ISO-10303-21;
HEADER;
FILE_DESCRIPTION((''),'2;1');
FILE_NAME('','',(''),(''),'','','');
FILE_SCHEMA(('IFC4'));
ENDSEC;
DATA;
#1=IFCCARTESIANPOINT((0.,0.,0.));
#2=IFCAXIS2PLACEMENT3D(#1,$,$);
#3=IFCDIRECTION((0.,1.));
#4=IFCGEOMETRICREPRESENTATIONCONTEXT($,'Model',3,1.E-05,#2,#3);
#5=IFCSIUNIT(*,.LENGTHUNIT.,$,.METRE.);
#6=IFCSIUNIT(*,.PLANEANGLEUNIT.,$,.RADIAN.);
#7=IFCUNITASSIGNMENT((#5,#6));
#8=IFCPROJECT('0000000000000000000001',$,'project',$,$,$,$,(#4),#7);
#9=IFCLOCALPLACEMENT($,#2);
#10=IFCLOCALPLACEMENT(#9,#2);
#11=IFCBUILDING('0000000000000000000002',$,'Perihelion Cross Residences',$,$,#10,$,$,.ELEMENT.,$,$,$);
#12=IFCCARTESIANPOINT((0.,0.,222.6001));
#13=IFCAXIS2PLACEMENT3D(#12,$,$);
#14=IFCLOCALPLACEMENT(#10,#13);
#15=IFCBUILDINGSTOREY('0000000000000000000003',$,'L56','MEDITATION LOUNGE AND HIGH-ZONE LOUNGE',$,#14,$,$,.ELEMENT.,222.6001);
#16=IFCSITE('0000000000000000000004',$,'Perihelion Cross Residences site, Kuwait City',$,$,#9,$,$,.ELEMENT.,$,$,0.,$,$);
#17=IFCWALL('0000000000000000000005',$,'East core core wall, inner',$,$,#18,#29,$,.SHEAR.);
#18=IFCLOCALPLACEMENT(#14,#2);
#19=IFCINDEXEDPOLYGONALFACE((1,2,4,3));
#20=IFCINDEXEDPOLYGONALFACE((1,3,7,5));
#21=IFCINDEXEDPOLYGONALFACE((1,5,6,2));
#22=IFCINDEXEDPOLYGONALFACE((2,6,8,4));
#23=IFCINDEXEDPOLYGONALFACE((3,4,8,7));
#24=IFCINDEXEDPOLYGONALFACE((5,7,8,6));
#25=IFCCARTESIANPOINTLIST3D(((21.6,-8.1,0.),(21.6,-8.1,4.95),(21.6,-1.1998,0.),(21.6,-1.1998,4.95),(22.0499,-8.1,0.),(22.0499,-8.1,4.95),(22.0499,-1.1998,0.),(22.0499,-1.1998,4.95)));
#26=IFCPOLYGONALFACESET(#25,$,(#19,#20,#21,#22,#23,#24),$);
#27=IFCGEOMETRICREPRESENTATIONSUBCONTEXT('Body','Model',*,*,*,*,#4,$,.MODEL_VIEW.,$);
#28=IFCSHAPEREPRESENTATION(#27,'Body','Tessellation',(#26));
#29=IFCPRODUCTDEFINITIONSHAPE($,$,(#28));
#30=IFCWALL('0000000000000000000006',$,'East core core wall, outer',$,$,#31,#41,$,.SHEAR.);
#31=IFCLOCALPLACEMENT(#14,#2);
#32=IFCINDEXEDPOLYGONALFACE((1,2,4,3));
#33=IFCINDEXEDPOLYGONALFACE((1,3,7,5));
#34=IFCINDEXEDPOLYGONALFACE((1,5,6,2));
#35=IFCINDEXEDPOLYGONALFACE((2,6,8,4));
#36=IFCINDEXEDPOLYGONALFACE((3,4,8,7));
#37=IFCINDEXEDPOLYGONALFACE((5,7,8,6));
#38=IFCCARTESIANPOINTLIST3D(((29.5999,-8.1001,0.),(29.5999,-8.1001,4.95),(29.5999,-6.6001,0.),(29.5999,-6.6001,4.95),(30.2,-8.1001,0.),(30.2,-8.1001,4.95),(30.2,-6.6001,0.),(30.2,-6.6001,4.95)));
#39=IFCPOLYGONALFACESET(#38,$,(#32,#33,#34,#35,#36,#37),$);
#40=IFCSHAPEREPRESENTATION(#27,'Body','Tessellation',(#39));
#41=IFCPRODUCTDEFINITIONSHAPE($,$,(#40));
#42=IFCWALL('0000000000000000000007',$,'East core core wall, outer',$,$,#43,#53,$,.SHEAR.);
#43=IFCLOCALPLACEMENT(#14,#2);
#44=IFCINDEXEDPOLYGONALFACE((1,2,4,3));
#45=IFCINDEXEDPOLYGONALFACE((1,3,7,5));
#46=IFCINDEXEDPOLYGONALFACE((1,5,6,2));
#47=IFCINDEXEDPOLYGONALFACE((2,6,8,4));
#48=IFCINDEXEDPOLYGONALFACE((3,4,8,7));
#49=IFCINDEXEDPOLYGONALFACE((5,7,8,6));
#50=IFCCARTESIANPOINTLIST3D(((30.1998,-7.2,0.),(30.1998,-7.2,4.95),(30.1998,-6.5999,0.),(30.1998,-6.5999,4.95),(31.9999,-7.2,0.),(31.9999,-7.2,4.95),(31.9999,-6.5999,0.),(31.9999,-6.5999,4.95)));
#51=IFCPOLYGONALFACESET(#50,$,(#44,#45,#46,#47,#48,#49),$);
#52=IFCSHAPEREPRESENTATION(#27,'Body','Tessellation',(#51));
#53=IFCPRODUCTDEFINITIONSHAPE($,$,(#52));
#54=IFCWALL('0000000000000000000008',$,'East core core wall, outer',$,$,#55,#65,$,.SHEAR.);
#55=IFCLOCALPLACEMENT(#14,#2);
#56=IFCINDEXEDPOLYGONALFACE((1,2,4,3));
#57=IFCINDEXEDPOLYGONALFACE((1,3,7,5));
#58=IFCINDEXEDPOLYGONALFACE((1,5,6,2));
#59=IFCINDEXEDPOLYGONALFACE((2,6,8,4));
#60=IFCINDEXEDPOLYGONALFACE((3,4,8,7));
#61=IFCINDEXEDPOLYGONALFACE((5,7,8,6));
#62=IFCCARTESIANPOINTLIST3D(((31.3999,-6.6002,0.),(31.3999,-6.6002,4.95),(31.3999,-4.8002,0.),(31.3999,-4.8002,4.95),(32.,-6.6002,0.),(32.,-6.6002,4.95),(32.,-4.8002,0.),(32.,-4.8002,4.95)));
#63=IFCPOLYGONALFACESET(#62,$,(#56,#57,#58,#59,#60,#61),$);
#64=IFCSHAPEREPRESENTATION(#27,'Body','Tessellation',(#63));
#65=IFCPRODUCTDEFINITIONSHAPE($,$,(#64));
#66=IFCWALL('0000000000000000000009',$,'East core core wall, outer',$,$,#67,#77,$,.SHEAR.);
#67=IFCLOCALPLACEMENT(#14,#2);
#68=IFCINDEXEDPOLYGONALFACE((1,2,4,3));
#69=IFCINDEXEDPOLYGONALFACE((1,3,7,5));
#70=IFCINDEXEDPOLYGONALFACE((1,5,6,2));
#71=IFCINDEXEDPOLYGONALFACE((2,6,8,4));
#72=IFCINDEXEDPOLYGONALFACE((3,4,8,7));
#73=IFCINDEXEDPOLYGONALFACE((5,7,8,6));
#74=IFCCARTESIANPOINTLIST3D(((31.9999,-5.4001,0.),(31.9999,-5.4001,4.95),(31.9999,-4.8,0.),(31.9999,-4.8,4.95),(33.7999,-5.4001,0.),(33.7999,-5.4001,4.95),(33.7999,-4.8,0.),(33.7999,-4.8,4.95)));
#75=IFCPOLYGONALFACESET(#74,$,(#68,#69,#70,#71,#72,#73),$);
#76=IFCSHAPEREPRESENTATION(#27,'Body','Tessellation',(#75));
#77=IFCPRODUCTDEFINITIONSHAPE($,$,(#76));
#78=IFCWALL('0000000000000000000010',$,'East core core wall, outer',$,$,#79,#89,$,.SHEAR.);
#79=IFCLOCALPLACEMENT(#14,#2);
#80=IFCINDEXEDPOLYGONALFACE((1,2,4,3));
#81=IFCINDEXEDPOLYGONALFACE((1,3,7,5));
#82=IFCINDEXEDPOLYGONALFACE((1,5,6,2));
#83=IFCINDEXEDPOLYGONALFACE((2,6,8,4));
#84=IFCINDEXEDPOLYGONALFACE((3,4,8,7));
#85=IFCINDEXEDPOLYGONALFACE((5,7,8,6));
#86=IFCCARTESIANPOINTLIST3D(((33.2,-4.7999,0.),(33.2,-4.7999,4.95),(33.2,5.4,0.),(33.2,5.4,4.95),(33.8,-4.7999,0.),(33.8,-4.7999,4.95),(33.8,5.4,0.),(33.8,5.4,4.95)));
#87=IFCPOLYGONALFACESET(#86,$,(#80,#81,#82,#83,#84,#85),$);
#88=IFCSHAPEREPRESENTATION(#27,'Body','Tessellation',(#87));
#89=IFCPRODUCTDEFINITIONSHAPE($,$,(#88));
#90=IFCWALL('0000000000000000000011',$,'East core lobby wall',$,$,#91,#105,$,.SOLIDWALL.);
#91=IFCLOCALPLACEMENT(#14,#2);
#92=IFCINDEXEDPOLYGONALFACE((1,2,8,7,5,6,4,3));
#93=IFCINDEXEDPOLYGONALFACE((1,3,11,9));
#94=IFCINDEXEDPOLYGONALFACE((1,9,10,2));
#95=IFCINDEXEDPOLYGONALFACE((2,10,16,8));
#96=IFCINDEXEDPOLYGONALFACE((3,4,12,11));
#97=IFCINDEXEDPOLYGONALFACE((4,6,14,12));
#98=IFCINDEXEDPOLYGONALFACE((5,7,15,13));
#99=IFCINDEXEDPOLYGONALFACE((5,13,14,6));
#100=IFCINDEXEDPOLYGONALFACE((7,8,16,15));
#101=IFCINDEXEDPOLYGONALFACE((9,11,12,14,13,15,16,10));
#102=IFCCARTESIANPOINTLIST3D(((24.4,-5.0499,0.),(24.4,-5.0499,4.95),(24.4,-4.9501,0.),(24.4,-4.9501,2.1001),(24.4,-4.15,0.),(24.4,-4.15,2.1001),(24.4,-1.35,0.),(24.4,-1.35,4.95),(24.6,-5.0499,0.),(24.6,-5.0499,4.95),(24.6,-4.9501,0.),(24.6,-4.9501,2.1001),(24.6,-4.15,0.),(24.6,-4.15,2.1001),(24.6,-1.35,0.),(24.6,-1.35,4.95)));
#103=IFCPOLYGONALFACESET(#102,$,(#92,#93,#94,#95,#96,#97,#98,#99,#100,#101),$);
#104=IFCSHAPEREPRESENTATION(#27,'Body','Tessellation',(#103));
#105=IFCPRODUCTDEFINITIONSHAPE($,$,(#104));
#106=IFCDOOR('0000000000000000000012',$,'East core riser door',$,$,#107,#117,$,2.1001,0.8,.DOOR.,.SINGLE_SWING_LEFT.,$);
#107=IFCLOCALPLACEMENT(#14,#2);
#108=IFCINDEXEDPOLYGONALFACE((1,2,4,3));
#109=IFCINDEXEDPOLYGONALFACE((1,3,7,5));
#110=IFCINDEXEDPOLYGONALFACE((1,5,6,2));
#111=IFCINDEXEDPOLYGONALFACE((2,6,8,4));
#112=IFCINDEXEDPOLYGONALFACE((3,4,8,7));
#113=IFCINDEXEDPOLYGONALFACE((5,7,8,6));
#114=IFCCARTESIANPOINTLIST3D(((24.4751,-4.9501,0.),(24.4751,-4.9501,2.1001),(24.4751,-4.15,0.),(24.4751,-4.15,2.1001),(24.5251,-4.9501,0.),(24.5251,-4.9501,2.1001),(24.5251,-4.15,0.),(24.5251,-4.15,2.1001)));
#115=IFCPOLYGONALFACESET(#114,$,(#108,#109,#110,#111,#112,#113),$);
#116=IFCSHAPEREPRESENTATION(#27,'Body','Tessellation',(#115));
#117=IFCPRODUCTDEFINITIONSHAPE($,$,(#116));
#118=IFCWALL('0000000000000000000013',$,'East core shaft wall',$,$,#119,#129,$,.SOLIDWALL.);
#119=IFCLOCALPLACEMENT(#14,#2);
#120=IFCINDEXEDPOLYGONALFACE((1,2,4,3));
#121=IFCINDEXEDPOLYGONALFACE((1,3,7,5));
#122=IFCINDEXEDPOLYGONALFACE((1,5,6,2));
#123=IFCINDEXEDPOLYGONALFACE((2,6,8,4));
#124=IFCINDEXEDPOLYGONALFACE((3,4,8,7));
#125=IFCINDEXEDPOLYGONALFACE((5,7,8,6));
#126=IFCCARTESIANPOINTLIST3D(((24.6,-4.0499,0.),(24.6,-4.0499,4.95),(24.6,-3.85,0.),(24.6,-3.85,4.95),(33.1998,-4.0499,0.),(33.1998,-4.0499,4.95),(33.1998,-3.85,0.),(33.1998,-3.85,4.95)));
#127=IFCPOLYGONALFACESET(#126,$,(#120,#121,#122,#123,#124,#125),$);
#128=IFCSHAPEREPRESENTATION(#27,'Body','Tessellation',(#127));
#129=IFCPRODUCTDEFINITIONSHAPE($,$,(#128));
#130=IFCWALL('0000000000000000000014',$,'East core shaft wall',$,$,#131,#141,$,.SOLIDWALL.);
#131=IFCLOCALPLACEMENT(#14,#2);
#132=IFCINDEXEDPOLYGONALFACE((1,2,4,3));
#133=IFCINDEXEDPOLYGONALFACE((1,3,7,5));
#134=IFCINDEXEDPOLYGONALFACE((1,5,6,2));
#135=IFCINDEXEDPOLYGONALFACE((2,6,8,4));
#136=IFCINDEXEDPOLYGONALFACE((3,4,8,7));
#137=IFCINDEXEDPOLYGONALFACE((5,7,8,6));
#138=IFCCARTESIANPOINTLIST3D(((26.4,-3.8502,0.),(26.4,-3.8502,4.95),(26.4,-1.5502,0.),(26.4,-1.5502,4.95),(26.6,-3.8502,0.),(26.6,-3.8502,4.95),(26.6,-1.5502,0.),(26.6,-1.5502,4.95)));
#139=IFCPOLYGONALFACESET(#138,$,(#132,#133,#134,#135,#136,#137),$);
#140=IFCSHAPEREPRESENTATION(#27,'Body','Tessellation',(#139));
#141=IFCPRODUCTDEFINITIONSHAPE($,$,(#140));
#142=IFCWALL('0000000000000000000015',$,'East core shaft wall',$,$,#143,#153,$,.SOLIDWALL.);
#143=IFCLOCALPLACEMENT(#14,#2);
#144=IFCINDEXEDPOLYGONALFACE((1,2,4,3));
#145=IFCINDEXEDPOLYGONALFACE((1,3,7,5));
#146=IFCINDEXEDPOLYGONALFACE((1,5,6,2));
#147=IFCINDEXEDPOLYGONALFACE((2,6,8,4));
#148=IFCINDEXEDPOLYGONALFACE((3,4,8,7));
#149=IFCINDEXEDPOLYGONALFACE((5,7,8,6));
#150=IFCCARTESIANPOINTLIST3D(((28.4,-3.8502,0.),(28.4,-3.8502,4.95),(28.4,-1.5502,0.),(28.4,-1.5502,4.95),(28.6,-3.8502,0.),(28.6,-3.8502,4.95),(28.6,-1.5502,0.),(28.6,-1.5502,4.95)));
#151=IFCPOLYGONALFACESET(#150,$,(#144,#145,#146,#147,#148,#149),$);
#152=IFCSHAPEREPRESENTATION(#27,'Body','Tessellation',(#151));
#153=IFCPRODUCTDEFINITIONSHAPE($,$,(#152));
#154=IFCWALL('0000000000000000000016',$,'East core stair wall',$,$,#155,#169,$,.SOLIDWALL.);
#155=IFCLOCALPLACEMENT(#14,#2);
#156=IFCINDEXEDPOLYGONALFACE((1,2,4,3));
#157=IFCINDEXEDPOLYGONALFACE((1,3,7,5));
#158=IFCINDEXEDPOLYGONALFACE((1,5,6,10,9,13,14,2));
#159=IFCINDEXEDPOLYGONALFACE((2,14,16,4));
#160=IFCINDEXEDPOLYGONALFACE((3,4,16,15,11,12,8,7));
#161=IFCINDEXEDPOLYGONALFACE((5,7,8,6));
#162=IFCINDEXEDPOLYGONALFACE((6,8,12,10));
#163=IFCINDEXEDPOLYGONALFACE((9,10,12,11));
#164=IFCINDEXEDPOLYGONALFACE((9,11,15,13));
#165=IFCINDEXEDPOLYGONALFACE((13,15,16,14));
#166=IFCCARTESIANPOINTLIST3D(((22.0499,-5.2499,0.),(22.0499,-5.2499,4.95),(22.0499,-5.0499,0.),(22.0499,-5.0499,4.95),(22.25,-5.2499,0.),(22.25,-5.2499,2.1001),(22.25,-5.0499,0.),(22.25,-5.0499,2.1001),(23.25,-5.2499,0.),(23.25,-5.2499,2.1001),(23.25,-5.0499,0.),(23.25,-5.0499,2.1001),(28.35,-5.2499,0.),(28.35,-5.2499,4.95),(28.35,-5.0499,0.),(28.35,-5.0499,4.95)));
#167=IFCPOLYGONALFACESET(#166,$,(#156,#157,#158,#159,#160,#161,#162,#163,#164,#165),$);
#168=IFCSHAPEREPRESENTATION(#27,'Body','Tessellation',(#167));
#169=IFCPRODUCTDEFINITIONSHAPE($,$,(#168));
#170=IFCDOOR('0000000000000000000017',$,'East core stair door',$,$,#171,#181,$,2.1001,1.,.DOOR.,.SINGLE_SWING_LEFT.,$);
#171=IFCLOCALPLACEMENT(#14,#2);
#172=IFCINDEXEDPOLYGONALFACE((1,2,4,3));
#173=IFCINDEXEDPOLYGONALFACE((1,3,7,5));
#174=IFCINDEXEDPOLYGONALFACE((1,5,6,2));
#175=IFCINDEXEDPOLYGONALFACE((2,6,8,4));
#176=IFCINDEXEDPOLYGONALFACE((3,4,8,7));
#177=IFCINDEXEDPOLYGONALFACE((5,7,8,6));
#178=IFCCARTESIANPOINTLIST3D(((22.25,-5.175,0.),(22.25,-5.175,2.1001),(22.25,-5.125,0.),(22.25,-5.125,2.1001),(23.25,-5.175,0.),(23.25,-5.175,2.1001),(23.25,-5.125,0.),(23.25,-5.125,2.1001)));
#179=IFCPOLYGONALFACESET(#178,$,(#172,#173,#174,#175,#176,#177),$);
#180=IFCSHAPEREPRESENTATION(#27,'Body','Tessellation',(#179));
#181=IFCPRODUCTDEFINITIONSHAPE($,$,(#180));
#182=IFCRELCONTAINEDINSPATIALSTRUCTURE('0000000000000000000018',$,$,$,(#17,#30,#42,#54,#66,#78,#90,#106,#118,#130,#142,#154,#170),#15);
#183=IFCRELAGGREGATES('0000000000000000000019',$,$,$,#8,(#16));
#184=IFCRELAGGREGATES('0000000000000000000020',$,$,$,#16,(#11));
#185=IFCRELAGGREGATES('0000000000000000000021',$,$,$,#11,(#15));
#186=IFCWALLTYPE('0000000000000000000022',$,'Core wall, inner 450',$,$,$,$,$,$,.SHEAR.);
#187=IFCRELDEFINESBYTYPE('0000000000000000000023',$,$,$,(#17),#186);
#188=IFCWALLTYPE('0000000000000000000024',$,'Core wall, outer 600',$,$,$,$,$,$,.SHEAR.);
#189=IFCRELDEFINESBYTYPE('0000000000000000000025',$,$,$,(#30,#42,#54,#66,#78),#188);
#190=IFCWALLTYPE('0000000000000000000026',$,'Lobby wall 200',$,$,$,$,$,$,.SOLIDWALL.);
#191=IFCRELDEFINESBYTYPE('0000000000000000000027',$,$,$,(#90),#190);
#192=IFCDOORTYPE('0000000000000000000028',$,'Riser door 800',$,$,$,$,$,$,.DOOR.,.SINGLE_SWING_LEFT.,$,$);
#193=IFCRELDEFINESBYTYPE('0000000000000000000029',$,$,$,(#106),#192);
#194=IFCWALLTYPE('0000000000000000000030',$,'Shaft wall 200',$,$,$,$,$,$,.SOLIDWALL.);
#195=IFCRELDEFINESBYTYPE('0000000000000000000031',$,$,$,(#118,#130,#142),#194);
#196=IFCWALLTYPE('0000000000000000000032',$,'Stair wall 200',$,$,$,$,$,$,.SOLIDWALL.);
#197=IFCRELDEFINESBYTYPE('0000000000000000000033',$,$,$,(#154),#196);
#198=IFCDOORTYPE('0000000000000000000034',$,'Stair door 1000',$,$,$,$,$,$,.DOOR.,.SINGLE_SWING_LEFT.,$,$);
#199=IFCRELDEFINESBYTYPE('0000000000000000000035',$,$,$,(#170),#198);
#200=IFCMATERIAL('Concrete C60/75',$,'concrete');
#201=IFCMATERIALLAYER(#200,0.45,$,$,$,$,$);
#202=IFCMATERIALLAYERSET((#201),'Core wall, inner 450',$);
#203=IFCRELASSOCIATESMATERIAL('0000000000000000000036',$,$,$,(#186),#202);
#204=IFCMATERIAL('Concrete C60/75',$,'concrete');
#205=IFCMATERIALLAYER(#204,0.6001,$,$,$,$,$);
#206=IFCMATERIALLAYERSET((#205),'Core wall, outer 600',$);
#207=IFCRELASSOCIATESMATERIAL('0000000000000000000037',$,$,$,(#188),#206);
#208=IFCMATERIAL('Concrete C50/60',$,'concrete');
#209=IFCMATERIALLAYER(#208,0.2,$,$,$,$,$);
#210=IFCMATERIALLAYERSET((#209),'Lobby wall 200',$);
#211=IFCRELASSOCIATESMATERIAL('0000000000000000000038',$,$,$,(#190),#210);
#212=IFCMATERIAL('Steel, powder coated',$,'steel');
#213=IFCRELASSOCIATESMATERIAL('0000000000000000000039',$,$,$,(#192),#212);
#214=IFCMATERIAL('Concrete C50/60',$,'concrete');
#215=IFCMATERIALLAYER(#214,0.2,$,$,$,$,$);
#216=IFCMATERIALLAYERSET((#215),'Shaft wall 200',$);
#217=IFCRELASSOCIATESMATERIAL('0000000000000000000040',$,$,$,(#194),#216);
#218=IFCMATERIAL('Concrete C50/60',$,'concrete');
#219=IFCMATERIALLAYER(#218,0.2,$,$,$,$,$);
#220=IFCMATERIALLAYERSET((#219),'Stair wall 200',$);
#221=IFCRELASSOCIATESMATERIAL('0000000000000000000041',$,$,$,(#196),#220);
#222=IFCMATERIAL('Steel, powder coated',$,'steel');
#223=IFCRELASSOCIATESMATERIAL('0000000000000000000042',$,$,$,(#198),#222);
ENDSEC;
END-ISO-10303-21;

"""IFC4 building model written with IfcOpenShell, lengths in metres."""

from ifc_helpers import new_model, si_unit, direction, frame, frame_2d, origin, place, context, subcontext, project, spatial, rectangle, extrude, material, layer, layer_set, type_object, element, fill, save


model = new_model("IFC4")

# Units and contexts
model_context = context("Model", 3, precision=1e-05, world=origin(), true_north=direction((0.0, 1.0)))
body_context = subcontext(model_context, "Body", "Model", "MODEL_VIEW")
ifc_project = project(units=[si_unit("LENGTHUNIT", "METRE"), si_unit("PLANEANGLEUNIT", "RADIAN")], contexts=[model_context])

# Site, building, storey
site_placement = place(None, origin())
site = spatial("IfcSite", under=ifc_project, at=site_placement, Name="Perihelion Cross Residences site, Kuwait City", CompositionType="ELEMENT", RefElevation=0.0)
building_placement = place(site_placement, origin())
building = spatial("IfcBuilding", under=site, at=building_placement, Name="Perihelion Cross Residences", CompositionType="ELEMENT")
storey_placement = place(building_placement, frame((0.0, 0.0, 222.6001)))
storey = spatial("IfcBuildingStorey", under=building, at=storey_placement, Name="L56", Description="MEDITATION LOUNGE AND HIGH-ZONE LOUNGE", CompositionType="ELEMENT", Elevation=222.6001)

# Walls
ifc_material_1 = material(Name="Concrete C60/75", Category="concrete")
ifc_layer_1 = layer(ifc_material_1, 0.45)
ifc_layer_set_1 = layer_set([ifc_layer_1], Name="Core wall, inner 450")
wall_type_1 = type_object("IfcWallType", Name="Core wall, inner 450", PredefinedType="SHEAR", material=ifc_layer_set_1)
wall_1_placement = place(storey_placement, frame((21.825, -8.1001, 0.0), z_axis=(0.0, 0.0, 1.0), x_axis=(0.0, 1.0, 0.0)))
element("IfcWall", 1, at=wall_1_placement, inside=storey, type_object=wall_type_1, Name="East core core wall, inner", PredefinedType="SHEAR", context=body_context, shape_type="SweptSolid", body=[
    extrude(rectangle(XDim=6.9001, YDim=0.45, at=frame_2d((3.4502, 0.0))), origin(), (0.0, 0.0, 1.0), 4.95),
])
ifc_material_2 = material(Name="Concrete C60/75", Category="concrete")
ifc_layer_2 = layer(ifc_material_2, 0.6001)
ifc_layer_set_2 = layer_set([ifc_layer_2], Name="Core wall, outer 600")
wall_type_2 = type_object("IfcWallType", Name="Core wall, outer 600", PredefinedType="SHEAR", material=ifc_layer_set_2)
wall_2_placement = place(storey_placement, frame((29.8999, -8.1001, 0.0), z_axis=(0.0, 0.0, 1.0), x_axis=(0.0, 1.0, 0.0)))
element("IfcWall", 2, at=wall_2_placement, inside=storey, type_object=wall_type_2, Name="East core core wall, outer", PredefinedType="SHEAR", context=body_context, shape_type="SweptSolid", body=[
    extrude(rectangle(XDim=1.5, YDim=0.6001, at=frame_2d((0.75, 0.0))), origin(), (0.0, 0.0, 1.0), 4.95),
])
for number, where, z_axis, x_axis, name in (
    (3, (30.2, -6.8999, 0.0), (0.0, 0.0, 1.0), (1.0, 0.0, 0.0), "East core core wall, outer"),
    (4, (31.7, -6.6001, 0.0), (0.0, 0.0, 1.0), (0.0, 1.0, 0.0), "East core core wall, outer"),
    (5, (32.0, -5.1001, 0.0), (0.0, 0.0, 1.0), (1.0, 0.0, 0.0), "East core core wall, outer"),
):
    element("IfcWall", number, at=place(storey_placement, frame(where, z_axis=z_axis, x_axis=x_axis)), inside=storey, type_object=wall_type_2, Name=name, PredefinedType="SHEAR", context=body_context, shape_type="SweptSolid", body=[
        extrude(rectangle(XDim=1.8, YDim=0.6001, at=frame_2d((0.8999, 0.0))), origin(), (0.0, 0.0, 1.0), 4.95),
    ])
wall_3_placement = place(storey_placement, frame((33.5, -4.8, 0.0), z_axis=(0.0, 0.0, 1.0), x_axis=(0.0, 1.0, 0.0)))
element("IfcWall", 6, at=wall_3_placement, inside=storey, type_object=wall_type_2, Name="East core core wall, outer", PredefinedType="SHEAR", context=body_context, shape_type="SweptSolid", body=[
    extrude(rectangle(XDim=10.2, YDim=0.6001, at=frame_2d((5.1001, 0.0))), origin(), (0.0, 0.0, 1.0), 4.95),
])

# Wall, opening, door
ifc_material_3 = material(Name="Concrete C50/60", Category="concrete")
ifc_layer_3 = layer(ifc_material_3, 0.2)
ifc_layer_set_3 = layer_set([ifc_layer_3], Name="Lobby wall 200")
wall_type_3 = type_object("IfcWallType", Name="Lobby wall 200", PredefinedType="SOLIDWALL", material=ifc_layer_set_3)
wall_4_placement = place(storey_placement, frame((24.5, -5.05, 0.0), z_axis=(0.0, 0.0, 1.0), x_axis=(0.0, 1.0, 0.0)))
wall_4 = element("IfcWall", 7, at=wall_4_placement, inside=storey, type_object=wall_type_3, Name="East core lobby wall", PredefinedType="SOLIDWALL", context=body_context, shape_type="SweptSolid", body=[
    extrude(rectangle(XDim=3.7, YDim=0.2, at=frame_2d((1.8501, 0.0))), origin(), (0.0, 0.0, 1.0), 4.95),
])
opening_1_placement = place(wall_4_placement, frame((0.1001, 0.0, 0.0)))
opening_1 = element("IfcOpeningElement", 8, at=opening_1_placement, cuts=wall_4, PredefinedType="OPENING", context=body_context, shape_type="SweptSolid", body=[
    extrude(rectangle(XDim=0.8, YDim=2.1001, at=frame_2d((0.3999, 1.05))), frame((0.0, 0.1099, 0.0), z_axis=(0.0, -1.0, 0.0), x_axis=(1.0, 0.0, 0.0)), (0.0, 0.0, 1.0), 0.22),
])
ifc_material_4 = material(Name="Steel, powder coated", Category="steel")
door_type_1 = type_object("IfcDoorType", Name="Riser door 800", OperationType="SINGLE_SWING_LEFT", PredefinedType="DOOR", material=ifc_material_4)
door_1_placement = place(opening_1_placement, origin())
door_1 = element("IfcDoor", 9, at=door_1_placement, inside=storey, type_object=door_type_1, Name="East core riser door", OperationType="SINGLE_SWING_LEFT", OverallHeight=2.1001, OverallWidth=0.8, PredefinedType="DOOR", context=body_context, shape_type="SweptSolid", body=[
    extrude(rectangle(XDim=0.8, YDim=2.1001, at=frame_2d((0.3999, 1.05))), frame((0.0, 0.0249, 0.0), z_axis=(0.0, -1.0, 0.0), x_axis=(1.0, 0.0, 0.0)), (0.0, 0.0, 1.0), 0.05),
])
fill(opening_1, door_1)

# Walls
ifc_material_5 = material(Name="Concrete C50/60", Category="concrete")
ifc_layer_4 = layer(ifc_material_5, 0.2)
ifc_layer_set_4 = layer_set([ifc_layer_4], Name="Shaft wall 200")
wall_type_4 = type_object("IfcWallType", Name="Shaft wall 200", PredefinedType="SOLIDWALL", material=ifc_layer_set_4)
wall_5_placement = place(storey_placement, frame((24.6001, -3.95, 0.0), z_axis=(0.0, 0.0, 1.0), x_axis=(1.0, 0.0, 0.0)))
element("IfcWall", 10, at=wall_5_placement, inside=storey, type_object=wall_type_4, Name="East core shaft wall", PredefinedType="SOLIDWALL", context=body_context, shape_type="SweptSolid", body=[
    extrude(rectangle(XDim=8.5999, YDim=0.2, at=frame_2d((4.2998, 0.0))), origin(), (0.0, 0.0, 1.0), 4.95),
])
for number, where, z_axis, x_axis, name in (
    (11, (26.5, -3.8501, 0.0), (0.0, 0.0, 1.0), (0.0, 1.0, 0.0), "East core shaft wall"),
    (12, (28.5, -3.8501, 0.0), (0.0, 0.0, 1.0), (0.0, 1.0, 0.0), "East core shaft wall"),
):
    element("IfcWall", number, at=place(storey_placement, frame(where, z_axis=z_axis, x_axis=x_axis)), inside=storey, type_object=wall_type_4, Name=name, PredefinedType="SOLIDWALL", context=body_context, shape_type="SweptSolid", body=[
        extrude(rectangle(XDim=2.3, YDim=0.2, at=frame_2d((1.1499, 0.0))), origin(), (0.0, 0.0, 1.0), 4.95),
    ])

# Wall, opening, door
ifc_material_6 = material(Name="Concrete C50/60", Category="concrete")
ifc_layer_5 = layer(ifc_material_6, 0.2)
ifc_layer_set_5 = layer_set([ifc_layer_5], Name="Stair wall 200")
wall_type_5 = type_object("IfcWallType", Name="Stair wall 200", PredefinedType="SOLIDWALL", material=ifc_layer_set_5)
wall_6_placement = place(storey_placement, frame((22.05, -5.1499, 0.0), z_axis=(0.0, 0.0, 1.0), x_axis=(1.0, 0.0, 0.0)))
wall_6 = element("IfcWall", 13, at=wall_6_placement, inside=storey, type_object=wall_type_5, Name="East core stair wall", PredefinedType="SOLIDWALL", context=body_context, shape_type="SweptSolid", body=[
    extrude(rectangle(XDim=6.3, YDim=0.2, at=frame_2d((3.1499, 0.0))), origin(), (0.0, 0.0, 1.0), 4.95),
])
opening_2_placement = place(wall_6_placement, frame((0.2, 0.0, 0.0)))
opening_2 = element("IfcOpeningElement", 14, at=opening_2_placement, cuts=wall_6, PredefinedType="OPENING", context=body_context, shape_type="SweptSolid", body=[
    extrude(rectangle(XDim=1.0, YDim=2.1001, at=frame_2d((0.5, 1.05))), frame((0.0, 0.1099, 0.0), z_axis=(0.0, -1.0, 0.0), x_axis=(1.0, 0.0, 0.0)), (0.0, 0.0, 1.0), 0.22),
])
ifc_material_7 = material(Name="Steel, powder coated", Category="steel")
door_type_2 = type_object("IfcDoorType", Name="Stair door 1000", OperationType="SINGLE_SWING_LEFT", PredefinedType="DOOR", material=ifc_material_7)
door_2_placement = place(opening_2_placement, origin())
door_2 = element("IfcDoor", 15, at=door_2_placement, inside=storey, type_object=door_type_2, Name="East core stair door", OperationType="SINGLE_SWING_LEFT", OverallHeight=2.1001, OverallWidth=1.0, PredefinedType="DOOR", context=body_context, shape_type="SweptSolid", body=[
    extrude(rectangle(XDim=1.0, YDim=2.1001, at=frame_2d((0.5, 1.05))), frame((0.0, 0.0249, 0.0), z_axis=(0.0, -1.0, 0.0), x_axis=(1.0, 0.0, 0.0)), (0.0, 0.0, 1.0), 0.05),
])
fill(opening_2, door_2)

save(model, "model.ifc")
